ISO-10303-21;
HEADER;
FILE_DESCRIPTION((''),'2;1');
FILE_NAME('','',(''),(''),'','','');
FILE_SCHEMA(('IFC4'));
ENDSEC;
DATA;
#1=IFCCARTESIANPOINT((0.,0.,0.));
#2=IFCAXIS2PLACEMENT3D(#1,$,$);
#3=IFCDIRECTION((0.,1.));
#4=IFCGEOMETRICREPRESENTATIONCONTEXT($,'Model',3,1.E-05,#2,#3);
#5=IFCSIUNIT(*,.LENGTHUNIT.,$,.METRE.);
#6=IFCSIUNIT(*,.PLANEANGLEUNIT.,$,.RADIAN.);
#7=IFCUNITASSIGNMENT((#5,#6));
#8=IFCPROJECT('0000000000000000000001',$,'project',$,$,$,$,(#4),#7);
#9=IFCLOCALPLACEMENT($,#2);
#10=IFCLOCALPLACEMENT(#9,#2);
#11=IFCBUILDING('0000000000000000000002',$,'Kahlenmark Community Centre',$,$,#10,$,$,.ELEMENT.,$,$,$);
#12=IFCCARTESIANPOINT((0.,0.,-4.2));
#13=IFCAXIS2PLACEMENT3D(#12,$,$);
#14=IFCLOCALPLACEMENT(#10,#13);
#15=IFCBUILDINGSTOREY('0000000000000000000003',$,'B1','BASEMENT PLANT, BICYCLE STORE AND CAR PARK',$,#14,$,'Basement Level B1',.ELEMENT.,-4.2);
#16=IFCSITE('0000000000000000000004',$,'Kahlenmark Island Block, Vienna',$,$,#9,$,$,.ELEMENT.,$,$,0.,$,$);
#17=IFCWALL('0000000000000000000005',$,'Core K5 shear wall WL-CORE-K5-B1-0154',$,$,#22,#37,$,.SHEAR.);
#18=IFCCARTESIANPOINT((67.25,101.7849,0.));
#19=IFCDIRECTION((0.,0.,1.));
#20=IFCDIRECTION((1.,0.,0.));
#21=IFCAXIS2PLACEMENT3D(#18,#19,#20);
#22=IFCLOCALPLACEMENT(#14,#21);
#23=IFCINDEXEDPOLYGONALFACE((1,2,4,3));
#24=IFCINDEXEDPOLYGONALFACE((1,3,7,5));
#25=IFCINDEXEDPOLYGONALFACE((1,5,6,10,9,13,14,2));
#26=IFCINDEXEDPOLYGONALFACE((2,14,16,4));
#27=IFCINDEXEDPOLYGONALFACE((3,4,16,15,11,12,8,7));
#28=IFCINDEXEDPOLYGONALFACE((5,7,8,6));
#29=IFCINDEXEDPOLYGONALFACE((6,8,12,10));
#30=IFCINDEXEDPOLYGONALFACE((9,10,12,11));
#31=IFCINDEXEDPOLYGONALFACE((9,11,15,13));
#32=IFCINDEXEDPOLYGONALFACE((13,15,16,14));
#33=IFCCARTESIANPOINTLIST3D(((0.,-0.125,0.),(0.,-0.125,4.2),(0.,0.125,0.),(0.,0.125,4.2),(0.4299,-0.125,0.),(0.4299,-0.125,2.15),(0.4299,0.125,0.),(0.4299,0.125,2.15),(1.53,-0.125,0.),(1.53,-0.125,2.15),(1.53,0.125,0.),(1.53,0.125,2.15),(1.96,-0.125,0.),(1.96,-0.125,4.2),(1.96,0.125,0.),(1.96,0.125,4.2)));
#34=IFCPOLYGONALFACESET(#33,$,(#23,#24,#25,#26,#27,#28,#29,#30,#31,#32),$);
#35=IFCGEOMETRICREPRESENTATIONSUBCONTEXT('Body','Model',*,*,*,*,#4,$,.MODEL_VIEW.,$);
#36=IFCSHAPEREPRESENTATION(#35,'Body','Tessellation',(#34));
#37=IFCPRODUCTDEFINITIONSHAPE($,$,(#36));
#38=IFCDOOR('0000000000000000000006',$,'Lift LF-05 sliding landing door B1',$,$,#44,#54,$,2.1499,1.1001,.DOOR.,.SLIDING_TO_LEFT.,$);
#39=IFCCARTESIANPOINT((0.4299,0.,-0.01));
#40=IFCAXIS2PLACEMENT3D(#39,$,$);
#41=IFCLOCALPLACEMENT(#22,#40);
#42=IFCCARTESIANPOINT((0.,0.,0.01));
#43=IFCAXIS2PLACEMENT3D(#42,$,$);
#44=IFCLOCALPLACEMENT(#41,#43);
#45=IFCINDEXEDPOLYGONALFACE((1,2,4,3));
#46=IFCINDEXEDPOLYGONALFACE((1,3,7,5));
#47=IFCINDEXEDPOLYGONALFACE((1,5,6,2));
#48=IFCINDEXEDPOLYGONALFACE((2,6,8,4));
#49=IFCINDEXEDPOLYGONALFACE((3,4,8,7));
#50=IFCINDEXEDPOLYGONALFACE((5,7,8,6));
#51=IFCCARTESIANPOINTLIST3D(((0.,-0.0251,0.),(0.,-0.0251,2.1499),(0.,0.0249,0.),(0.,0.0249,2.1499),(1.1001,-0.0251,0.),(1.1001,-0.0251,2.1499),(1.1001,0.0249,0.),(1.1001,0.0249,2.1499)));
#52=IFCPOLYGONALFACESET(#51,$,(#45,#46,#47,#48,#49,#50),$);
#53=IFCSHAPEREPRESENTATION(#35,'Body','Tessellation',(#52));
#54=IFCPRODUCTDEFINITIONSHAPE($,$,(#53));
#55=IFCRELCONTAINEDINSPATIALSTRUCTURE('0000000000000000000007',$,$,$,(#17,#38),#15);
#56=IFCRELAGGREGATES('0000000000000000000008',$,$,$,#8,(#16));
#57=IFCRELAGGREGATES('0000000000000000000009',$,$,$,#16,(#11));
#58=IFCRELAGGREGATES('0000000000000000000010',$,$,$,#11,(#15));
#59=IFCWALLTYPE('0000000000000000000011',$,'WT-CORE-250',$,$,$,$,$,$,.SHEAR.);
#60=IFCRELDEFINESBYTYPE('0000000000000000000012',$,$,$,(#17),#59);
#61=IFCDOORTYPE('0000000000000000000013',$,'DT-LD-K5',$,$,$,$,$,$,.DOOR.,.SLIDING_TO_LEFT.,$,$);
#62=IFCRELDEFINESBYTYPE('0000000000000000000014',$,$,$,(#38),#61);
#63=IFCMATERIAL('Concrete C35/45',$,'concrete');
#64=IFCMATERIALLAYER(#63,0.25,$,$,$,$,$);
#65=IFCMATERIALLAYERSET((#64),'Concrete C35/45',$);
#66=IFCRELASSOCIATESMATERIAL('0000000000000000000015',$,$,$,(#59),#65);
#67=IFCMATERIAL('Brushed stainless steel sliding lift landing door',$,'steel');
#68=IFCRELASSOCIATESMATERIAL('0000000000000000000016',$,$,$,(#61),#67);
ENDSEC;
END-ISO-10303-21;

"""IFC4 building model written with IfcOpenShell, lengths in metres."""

from ifc_helpers import new_model, si_unit, direction, frame, frame_2d, origin, place, context, subcontext, project, spatial, rectangle, extrude, material, layer, layer_set, type_object, element, fill, save


model = new_model("IFC4")

# Units and contexts
model_context = context("Model", 3, precision=1e-05, world=origin(), true_north=direction((0.0, 1.0)))
body_context = subcontext(model_context, "Body", "Model", "MODEL_VIEW")
ifc_project = project(units=[si_unit("LENGTHUNIT", "METRE"), si_unit("PLANEANGLEUNIT", "RADIAN")], contexts=[model_context])

# Site, building, storey
site_placement = place(None, origin())
site = spatial("IfcSite", under=ifc_project, at=site_placement, Name="Kahlenmark Island Block, Vienna", CompositionType="ELEMENT", RefElevation=0.0)
building_placement = place(site_placement, origin())
building = spatial("IfcBuilding", under=site, at=building_placement, Name="Kahlenmark Community Centre", CompositionType="ELEMENT")
storey_placement = place(building_placement, frame((0.0, 0.0, -4.2)))
storey = spatial("IfcBuildingStorey", under=building, at=storey_placement, Name="B1", Description="BASEMENT PLANT, BICYCLE STORE AND CAR PARK", LongName="Basement Level B1", CompositionType="ELEMENT", Elevation=-4.2)

# Shared definitions
ifc_material_1 = material(Name="Concrete C35/45", Category="concrete")

# Shared definitions
ifc_layer_1 = layer(ifc_material_1, 0.25)
ifc_layer_set_1 = layer_set([ifc_layer_1], Name="Concrete C35/45")
wall_type_1 = type_object("IfcWallType", Name="WT-CORE-250", PredefinedType="SHEAR", material=ifc_layer_set_1)

# Wall, opening, door
wall_1_placement = place(storey_placement, frame((67.25, 101.7849, 0.0), z_axis=(0.0, 0.0, 1.0), x_axis=(1.0, 0.0, 0.0)))
wall_1 = element("IfcWall", 1, at=wall_1_placement, inside=storey, type_object=wall_type_1, Name="Core K5 shear wall WL-CORE-K5-B1-0154", PredefinedType="SHEAR", context=body_context, shape_type="SweptSolid", body=[
    extrude(rectangle(XDim=1.96, YDim=0.25, at=frame_2d((0.98, 0.0))), origin(), (0.0, 0.0, 1.0), 4.2),
])
opening_1_placement = place(wall_1_placement, frame((0.4299, 0.0, -0.01)))
opening_1 = element("IfcOpeningElement", 2, at=opening_1_placement, cuts=wall_1, PredefinedType="OPENING", context=body_context, shape_type="SweptSolid", body=[
    extrude(rectangle(XDim=1.1001, YDim=2.1599, at=frame_2d((0.55, 1.0801))), frame((0.0, 0.135, 0.0), z_axis=(0.0, -1.0, 0.0), x_axis=(1.0, 0.0, 0.0)), (0.0, 0.0, 1.0), 0.27),
])
ifc_material_2 = material(Name="Brushed stainless steel sliding lift landing door", Category="steel")
door_type_1 = type_object("IfcDoorType", Name="DT-LD-K5", OperationType="SLIDING_TO_LEFT", PredefinedType="DOOR", material=ifc_material_2)
door_1_placement = place(opening_1_placement, frame((0.0, 0.0, 0.01)))
door_1 = element("IfcDoor", 3, at=door_1_placement, inside=storey, type_object=door_type_1, Name="Lift LF-05 sliding landing door B1", OperationType="SLIDING_TO_LEFT", OverallHeight=2.1499, OverallWidth=1.1001, PredefinedType="DOOR", context=body_context, shape_type="SweptSolid", body=[
    extrude(rectangle(XDim=1.1001, YDim=2.1499, at=frame_2d((0.55, 1.075))), frame((0.0, 0.0249, 0.0), z_axis=(0.0, -1.0, 0.0), x_axis=(1.0, 0.0, 0.0)), (0.0, 0.0, 1.0), 0.05),
])
fill(opening_1, door_1)

save(model, "model.ifc")
